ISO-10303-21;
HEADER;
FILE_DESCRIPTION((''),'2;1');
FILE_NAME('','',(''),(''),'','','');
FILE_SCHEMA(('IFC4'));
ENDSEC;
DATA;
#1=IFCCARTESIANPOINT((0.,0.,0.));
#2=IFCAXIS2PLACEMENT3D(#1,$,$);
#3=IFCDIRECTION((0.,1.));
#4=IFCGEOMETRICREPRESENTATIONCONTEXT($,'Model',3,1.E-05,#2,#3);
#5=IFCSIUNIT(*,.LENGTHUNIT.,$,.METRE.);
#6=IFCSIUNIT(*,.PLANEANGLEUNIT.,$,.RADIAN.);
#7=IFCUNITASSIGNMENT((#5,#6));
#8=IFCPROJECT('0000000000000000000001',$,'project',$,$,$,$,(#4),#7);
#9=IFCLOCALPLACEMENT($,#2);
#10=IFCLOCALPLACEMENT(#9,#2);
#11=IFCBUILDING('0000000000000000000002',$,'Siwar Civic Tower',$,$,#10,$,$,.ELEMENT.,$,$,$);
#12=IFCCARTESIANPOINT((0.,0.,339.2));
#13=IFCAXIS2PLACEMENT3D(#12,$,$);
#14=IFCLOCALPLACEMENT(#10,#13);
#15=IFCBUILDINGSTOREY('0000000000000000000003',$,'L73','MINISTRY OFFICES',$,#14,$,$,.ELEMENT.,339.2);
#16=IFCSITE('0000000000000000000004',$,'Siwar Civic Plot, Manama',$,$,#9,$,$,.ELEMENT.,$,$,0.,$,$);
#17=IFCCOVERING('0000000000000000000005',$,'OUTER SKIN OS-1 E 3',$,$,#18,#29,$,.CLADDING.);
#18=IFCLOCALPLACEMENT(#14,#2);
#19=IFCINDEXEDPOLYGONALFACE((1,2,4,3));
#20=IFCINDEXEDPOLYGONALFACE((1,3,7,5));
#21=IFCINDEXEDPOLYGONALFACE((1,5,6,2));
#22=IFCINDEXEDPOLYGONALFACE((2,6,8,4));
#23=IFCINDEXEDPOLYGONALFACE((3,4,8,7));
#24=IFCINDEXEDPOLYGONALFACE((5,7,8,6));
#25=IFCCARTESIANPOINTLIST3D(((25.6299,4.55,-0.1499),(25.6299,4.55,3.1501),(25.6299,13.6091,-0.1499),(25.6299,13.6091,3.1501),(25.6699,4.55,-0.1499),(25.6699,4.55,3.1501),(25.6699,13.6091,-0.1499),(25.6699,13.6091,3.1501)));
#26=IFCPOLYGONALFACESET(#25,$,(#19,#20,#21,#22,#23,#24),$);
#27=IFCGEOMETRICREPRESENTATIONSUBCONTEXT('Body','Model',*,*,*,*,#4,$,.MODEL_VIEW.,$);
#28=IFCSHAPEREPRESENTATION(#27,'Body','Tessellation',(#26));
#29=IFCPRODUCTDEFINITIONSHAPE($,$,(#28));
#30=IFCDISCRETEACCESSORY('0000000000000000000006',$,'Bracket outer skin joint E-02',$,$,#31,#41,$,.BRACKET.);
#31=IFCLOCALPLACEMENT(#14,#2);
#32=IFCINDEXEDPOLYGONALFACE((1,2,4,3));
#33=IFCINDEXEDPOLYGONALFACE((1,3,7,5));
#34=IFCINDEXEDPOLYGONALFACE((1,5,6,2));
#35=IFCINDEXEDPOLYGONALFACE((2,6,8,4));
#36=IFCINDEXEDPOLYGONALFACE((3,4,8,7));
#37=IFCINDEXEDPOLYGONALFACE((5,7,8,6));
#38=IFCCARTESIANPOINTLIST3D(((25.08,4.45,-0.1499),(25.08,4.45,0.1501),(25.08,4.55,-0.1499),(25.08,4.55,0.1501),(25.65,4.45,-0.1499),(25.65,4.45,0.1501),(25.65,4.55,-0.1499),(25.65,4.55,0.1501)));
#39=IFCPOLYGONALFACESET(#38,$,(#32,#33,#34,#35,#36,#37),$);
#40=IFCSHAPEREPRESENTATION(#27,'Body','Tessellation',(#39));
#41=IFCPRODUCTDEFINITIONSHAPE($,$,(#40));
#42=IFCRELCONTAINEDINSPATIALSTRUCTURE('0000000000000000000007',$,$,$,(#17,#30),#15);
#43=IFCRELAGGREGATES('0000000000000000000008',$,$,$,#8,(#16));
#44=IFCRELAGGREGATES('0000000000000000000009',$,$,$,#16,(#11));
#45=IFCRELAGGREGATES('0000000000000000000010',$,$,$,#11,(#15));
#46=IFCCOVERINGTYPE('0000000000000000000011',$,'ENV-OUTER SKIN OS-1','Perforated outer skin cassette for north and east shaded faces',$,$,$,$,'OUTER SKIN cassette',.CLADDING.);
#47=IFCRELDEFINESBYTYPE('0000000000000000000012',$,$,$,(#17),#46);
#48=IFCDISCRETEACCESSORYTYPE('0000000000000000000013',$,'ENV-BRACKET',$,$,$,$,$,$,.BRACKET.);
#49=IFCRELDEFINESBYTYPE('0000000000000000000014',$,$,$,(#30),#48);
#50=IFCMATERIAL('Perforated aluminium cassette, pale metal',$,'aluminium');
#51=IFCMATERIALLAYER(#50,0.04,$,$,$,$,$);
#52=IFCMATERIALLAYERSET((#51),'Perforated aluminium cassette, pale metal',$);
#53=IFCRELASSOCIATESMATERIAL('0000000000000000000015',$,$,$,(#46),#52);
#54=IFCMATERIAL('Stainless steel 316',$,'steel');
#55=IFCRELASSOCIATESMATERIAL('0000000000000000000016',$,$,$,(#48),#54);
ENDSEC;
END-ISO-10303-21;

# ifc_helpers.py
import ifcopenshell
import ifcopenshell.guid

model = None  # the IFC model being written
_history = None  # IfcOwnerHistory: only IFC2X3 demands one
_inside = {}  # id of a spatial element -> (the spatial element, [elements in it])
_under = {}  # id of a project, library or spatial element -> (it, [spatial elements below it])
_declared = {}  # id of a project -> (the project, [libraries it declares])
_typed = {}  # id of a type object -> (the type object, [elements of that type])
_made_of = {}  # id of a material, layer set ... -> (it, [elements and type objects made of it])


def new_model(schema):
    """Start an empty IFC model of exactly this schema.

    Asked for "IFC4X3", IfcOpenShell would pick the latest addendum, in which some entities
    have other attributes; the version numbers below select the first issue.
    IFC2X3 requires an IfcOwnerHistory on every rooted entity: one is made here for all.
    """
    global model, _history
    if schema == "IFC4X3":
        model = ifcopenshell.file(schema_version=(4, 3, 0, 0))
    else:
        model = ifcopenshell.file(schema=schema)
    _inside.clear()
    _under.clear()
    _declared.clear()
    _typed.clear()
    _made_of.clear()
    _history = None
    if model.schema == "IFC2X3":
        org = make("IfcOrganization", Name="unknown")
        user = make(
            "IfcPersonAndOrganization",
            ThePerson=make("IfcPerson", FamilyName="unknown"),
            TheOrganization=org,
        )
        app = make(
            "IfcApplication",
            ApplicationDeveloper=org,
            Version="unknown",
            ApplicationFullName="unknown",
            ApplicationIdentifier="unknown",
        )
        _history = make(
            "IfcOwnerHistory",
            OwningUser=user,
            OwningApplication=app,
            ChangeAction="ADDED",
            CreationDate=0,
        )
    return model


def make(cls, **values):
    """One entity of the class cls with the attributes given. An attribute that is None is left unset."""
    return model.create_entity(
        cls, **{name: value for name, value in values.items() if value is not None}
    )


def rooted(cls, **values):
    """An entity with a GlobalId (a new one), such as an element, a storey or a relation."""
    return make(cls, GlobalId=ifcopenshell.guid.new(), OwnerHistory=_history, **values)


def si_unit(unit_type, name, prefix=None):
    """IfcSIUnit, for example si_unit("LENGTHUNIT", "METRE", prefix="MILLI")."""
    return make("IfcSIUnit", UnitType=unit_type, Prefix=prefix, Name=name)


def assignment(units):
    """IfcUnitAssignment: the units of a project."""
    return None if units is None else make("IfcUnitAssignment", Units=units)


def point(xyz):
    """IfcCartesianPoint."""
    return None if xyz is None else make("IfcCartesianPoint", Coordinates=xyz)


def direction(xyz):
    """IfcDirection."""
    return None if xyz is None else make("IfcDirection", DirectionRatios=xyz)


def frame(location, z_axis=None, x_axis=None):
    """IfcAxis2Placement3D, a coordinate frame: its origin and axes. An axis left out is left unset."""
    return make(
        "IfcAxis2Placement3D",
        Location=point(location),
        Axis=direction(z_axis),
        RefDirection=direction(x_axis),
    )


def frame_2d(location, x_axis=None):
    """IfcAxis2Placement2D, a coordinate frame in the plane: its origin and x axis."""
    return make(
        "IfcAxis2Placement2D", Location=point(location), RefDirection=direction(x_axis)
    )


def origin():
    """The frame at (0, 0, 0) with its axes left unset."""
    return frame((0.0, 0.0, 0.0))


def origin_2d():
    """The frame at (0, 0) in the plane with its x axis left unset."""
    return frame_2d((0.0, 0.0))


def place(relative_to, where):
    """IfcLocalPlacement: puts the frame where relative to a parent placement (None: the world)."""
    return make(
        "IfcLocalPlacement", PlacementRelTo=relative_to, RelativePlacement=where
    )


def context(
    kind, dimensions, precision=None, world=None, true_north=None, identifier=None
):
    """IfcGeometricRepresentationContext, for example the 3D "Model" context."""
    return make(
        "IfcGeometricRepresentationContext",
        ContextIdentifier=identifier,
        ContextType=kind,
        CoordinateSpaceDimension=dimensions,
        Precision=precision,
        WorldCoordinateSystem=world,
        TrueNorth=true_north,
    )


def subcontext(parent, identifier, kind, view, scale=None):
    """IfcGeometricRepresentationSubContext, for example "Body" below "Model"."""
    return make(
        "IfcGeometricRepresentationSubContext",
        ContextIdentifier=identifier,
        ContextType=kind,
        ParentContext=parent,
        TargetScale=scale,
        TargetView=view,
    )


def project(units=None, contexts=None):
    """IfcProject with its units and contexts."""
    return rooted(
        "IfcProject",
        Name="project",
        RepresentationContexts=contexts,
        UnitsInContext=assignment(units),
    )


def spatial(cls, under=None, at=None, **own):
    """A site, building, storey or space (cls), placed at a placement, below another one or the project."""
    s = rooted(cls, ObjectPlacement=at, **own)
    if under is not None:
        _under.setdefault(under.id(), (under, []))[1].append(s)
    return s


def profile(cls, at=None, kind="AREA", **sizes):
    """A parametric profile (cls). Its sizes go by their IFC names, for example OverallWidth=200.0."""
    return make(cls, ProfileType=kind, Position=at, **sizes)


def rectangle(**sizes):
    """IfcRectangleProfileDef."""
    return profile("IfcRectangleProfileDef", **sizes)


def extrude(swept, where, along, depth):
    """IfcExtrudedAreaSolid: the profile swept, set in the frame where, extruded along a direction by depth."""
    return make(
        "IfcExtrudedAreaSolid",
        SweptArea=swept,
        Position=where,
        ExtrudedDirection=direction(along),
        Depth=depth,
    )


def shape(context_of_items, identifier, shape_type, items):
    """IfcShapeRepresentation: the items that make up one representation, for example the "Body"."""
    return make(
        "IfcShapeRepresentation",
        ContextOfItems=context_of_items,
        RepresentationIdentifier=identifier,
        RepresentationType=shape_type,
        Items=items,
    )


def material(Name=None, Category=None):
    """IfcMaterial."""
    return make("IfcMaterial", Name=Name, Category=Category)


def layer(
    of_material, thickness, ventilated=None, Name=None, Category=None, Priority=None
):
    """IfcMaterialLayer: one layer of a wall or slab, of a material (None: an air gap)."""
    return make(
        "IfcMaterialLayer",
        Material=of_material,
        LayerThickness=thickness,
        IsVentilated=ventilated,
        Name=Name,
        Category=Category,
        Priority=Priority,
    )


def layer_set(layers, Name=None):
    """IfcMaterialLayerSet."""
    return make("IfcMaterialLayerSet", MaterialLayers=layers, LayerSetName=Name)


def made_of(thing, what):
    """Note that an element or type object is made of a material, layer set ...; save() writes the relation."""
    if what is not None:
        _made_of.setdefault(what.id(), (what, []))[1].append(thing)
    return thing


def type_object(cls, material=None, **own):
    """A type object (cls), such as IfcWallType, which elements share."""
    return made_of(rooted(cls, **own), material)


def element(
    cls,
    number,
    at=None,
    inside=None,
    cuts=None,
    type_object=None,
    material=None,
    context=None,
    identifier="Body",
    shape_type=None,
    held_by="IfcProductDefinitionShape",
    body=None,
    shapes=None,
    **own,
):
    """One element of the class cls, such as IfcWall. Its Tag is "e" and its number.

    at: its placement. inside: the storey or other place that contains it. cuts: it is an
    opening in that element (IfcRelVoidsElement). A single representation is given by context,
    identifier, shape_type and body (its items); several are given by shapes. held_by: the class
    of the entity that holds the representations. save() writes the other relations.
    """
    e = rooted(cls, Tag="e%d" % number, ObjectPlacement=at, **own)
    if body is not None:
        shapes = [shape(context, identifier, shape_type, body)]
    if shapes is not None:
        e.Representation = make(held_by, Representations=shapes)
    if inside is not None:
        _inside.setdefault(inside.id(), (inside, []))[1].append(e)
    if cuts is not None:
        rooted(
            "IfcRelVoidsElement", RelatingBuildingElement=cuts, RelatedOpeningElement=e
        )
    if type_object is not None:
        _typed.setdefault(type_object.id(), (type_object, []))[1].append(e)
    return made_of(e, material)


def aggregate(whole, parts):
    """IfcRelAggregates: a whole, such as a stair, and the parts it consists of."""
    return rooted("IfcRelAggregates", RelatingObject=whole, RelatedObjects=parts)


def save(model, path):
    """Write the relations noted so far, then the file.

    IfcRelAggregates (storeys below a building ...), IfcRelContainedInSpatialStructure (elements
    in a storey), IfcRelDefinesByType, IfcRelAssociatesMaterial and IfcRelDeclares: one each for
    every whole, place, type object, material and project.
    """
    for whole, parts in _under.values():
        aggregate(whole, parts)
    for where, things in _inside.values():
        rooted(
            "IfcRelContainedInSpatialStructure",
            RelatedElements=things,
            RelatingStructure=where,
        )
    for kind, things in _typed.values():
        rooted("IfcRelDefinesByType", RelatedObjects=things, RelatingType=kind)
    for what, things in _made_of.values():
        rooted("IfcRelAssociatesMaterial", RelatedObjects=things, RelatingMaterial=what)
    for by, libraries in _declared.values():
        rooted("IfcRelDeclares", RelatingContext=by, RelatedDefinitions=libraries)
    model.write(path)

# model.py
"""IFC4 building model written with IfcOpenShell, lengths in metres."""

from ifc_helpers import new_model, si_unit, direction, frame, origin, origin_2d, place, context, subcontext, project, spatial, rectangle, extrude, material, layer, layer_set, type_object, element, save


model = new_model("IFC4")

# Units and contexts
model_context = context("Model", 3, precision=1e-05, world=origin(), true_north=direction((0.0, 1.0)))
body_context = subcontext(model_context, "Body", "Model", "MODEL_VIEW")
ifc_project = project(units=[si_unit("LENGTHUNIT", "METRE"), si_unit("PLANEANGLEUNIT", "RADIAN")], contexts=[model_context])

# Site, building, storey
site_placement = place(None, origin())
site = spatial("IfcSite", under=ifc_project, at=site_placement, Name="Siwar Civic Plot, Manama", CompositionType="ELEMENT", RefElevation=0.0)
building_placement = place(site_placement, origin())
building = spatial("IfcBuilding", under=site, at=building_placement, Name="Siwar Civic Tower", CompositionType="ELEMENT")
storey_placement = place(building_placement, frame((0.0, 0.0, 339.2)))
storey = spatial("IfcBuildingStorey", under=building, at=storey_placement, Name="L73", Description="MINISTRY OFFICES", CompositionType="ELEMENT", Elevation=339.2)

# Covering
ifc_material_1 = material(Name="Perforated aluminium cassette, pale metal", Category="aluminium")
ifc_layer_1 = layer(ifc_material_1, 0.04)
ifc_layer_set_1 = layer_set([ifc_layer_1], Name="Perforated aluminium cassette, pale metal")
covering_type = type_object("IfcCoveringType", Name="ENV-OUTER SKIN OS-1", Description="Perforated outer skin cassette for north and east shaded faces", ElementType="OUTER SKIN cassette", PredefinedType="CLADDING", material=ifc_layer_set_1)
covering_1_placement = place(storey_placement, frame((25.6499, 9.0796, -0.1499), z_axis=(0.0, 0.0, 1.0), x_axis=(0.0, 1.0, 0.0)))
element("IfcCovering", 1, at=covering_1_placement, inside=storey, type_object=covering_type, Name="OUTER SKIN OS-1 E 3", PredefinedType="CLADDING", context=body_context, shape_type="SweptSolid", body=[
    extrude(rectangle(XDim=9.0591, YDim=0.04, at=origin_2d()), origin(), (0.0, 0.0, 1.0), 3.3),
])

# Discrete accessory
ifc_material_2 = material(Name="Stainless steel 316", Category="steel")
discrete_accessory_type = type_object("IfcDiscreteAccessoryType", Name="ENV-BRACKET", PredefinedType="BRACKET", material=ifc_material_2)
discrete_accessory_placement = place(storey_placement, frame((25.365, 4.5, -0.1499), z_axis=(0.0, 0.0, 1.0), x_axis=(1.0, 0.0, 0.0)))
element("IfcDiscreteAccessory", 2, at=discrete_accessory_placement, inside=storey, type_object=discrete_accessory_type, Name="Bracket outer skin joint E-02", PredefinedType="BRACKET", context=body_context, shape_type="SweptSolid", body=[
    extrude(rectangle(XDim=0.5701, YDim=0.1001, at=origin_2d()), origin(), (0.0, 0.0, 1.0), 0.3),
])

save(model, "model.ifc")
